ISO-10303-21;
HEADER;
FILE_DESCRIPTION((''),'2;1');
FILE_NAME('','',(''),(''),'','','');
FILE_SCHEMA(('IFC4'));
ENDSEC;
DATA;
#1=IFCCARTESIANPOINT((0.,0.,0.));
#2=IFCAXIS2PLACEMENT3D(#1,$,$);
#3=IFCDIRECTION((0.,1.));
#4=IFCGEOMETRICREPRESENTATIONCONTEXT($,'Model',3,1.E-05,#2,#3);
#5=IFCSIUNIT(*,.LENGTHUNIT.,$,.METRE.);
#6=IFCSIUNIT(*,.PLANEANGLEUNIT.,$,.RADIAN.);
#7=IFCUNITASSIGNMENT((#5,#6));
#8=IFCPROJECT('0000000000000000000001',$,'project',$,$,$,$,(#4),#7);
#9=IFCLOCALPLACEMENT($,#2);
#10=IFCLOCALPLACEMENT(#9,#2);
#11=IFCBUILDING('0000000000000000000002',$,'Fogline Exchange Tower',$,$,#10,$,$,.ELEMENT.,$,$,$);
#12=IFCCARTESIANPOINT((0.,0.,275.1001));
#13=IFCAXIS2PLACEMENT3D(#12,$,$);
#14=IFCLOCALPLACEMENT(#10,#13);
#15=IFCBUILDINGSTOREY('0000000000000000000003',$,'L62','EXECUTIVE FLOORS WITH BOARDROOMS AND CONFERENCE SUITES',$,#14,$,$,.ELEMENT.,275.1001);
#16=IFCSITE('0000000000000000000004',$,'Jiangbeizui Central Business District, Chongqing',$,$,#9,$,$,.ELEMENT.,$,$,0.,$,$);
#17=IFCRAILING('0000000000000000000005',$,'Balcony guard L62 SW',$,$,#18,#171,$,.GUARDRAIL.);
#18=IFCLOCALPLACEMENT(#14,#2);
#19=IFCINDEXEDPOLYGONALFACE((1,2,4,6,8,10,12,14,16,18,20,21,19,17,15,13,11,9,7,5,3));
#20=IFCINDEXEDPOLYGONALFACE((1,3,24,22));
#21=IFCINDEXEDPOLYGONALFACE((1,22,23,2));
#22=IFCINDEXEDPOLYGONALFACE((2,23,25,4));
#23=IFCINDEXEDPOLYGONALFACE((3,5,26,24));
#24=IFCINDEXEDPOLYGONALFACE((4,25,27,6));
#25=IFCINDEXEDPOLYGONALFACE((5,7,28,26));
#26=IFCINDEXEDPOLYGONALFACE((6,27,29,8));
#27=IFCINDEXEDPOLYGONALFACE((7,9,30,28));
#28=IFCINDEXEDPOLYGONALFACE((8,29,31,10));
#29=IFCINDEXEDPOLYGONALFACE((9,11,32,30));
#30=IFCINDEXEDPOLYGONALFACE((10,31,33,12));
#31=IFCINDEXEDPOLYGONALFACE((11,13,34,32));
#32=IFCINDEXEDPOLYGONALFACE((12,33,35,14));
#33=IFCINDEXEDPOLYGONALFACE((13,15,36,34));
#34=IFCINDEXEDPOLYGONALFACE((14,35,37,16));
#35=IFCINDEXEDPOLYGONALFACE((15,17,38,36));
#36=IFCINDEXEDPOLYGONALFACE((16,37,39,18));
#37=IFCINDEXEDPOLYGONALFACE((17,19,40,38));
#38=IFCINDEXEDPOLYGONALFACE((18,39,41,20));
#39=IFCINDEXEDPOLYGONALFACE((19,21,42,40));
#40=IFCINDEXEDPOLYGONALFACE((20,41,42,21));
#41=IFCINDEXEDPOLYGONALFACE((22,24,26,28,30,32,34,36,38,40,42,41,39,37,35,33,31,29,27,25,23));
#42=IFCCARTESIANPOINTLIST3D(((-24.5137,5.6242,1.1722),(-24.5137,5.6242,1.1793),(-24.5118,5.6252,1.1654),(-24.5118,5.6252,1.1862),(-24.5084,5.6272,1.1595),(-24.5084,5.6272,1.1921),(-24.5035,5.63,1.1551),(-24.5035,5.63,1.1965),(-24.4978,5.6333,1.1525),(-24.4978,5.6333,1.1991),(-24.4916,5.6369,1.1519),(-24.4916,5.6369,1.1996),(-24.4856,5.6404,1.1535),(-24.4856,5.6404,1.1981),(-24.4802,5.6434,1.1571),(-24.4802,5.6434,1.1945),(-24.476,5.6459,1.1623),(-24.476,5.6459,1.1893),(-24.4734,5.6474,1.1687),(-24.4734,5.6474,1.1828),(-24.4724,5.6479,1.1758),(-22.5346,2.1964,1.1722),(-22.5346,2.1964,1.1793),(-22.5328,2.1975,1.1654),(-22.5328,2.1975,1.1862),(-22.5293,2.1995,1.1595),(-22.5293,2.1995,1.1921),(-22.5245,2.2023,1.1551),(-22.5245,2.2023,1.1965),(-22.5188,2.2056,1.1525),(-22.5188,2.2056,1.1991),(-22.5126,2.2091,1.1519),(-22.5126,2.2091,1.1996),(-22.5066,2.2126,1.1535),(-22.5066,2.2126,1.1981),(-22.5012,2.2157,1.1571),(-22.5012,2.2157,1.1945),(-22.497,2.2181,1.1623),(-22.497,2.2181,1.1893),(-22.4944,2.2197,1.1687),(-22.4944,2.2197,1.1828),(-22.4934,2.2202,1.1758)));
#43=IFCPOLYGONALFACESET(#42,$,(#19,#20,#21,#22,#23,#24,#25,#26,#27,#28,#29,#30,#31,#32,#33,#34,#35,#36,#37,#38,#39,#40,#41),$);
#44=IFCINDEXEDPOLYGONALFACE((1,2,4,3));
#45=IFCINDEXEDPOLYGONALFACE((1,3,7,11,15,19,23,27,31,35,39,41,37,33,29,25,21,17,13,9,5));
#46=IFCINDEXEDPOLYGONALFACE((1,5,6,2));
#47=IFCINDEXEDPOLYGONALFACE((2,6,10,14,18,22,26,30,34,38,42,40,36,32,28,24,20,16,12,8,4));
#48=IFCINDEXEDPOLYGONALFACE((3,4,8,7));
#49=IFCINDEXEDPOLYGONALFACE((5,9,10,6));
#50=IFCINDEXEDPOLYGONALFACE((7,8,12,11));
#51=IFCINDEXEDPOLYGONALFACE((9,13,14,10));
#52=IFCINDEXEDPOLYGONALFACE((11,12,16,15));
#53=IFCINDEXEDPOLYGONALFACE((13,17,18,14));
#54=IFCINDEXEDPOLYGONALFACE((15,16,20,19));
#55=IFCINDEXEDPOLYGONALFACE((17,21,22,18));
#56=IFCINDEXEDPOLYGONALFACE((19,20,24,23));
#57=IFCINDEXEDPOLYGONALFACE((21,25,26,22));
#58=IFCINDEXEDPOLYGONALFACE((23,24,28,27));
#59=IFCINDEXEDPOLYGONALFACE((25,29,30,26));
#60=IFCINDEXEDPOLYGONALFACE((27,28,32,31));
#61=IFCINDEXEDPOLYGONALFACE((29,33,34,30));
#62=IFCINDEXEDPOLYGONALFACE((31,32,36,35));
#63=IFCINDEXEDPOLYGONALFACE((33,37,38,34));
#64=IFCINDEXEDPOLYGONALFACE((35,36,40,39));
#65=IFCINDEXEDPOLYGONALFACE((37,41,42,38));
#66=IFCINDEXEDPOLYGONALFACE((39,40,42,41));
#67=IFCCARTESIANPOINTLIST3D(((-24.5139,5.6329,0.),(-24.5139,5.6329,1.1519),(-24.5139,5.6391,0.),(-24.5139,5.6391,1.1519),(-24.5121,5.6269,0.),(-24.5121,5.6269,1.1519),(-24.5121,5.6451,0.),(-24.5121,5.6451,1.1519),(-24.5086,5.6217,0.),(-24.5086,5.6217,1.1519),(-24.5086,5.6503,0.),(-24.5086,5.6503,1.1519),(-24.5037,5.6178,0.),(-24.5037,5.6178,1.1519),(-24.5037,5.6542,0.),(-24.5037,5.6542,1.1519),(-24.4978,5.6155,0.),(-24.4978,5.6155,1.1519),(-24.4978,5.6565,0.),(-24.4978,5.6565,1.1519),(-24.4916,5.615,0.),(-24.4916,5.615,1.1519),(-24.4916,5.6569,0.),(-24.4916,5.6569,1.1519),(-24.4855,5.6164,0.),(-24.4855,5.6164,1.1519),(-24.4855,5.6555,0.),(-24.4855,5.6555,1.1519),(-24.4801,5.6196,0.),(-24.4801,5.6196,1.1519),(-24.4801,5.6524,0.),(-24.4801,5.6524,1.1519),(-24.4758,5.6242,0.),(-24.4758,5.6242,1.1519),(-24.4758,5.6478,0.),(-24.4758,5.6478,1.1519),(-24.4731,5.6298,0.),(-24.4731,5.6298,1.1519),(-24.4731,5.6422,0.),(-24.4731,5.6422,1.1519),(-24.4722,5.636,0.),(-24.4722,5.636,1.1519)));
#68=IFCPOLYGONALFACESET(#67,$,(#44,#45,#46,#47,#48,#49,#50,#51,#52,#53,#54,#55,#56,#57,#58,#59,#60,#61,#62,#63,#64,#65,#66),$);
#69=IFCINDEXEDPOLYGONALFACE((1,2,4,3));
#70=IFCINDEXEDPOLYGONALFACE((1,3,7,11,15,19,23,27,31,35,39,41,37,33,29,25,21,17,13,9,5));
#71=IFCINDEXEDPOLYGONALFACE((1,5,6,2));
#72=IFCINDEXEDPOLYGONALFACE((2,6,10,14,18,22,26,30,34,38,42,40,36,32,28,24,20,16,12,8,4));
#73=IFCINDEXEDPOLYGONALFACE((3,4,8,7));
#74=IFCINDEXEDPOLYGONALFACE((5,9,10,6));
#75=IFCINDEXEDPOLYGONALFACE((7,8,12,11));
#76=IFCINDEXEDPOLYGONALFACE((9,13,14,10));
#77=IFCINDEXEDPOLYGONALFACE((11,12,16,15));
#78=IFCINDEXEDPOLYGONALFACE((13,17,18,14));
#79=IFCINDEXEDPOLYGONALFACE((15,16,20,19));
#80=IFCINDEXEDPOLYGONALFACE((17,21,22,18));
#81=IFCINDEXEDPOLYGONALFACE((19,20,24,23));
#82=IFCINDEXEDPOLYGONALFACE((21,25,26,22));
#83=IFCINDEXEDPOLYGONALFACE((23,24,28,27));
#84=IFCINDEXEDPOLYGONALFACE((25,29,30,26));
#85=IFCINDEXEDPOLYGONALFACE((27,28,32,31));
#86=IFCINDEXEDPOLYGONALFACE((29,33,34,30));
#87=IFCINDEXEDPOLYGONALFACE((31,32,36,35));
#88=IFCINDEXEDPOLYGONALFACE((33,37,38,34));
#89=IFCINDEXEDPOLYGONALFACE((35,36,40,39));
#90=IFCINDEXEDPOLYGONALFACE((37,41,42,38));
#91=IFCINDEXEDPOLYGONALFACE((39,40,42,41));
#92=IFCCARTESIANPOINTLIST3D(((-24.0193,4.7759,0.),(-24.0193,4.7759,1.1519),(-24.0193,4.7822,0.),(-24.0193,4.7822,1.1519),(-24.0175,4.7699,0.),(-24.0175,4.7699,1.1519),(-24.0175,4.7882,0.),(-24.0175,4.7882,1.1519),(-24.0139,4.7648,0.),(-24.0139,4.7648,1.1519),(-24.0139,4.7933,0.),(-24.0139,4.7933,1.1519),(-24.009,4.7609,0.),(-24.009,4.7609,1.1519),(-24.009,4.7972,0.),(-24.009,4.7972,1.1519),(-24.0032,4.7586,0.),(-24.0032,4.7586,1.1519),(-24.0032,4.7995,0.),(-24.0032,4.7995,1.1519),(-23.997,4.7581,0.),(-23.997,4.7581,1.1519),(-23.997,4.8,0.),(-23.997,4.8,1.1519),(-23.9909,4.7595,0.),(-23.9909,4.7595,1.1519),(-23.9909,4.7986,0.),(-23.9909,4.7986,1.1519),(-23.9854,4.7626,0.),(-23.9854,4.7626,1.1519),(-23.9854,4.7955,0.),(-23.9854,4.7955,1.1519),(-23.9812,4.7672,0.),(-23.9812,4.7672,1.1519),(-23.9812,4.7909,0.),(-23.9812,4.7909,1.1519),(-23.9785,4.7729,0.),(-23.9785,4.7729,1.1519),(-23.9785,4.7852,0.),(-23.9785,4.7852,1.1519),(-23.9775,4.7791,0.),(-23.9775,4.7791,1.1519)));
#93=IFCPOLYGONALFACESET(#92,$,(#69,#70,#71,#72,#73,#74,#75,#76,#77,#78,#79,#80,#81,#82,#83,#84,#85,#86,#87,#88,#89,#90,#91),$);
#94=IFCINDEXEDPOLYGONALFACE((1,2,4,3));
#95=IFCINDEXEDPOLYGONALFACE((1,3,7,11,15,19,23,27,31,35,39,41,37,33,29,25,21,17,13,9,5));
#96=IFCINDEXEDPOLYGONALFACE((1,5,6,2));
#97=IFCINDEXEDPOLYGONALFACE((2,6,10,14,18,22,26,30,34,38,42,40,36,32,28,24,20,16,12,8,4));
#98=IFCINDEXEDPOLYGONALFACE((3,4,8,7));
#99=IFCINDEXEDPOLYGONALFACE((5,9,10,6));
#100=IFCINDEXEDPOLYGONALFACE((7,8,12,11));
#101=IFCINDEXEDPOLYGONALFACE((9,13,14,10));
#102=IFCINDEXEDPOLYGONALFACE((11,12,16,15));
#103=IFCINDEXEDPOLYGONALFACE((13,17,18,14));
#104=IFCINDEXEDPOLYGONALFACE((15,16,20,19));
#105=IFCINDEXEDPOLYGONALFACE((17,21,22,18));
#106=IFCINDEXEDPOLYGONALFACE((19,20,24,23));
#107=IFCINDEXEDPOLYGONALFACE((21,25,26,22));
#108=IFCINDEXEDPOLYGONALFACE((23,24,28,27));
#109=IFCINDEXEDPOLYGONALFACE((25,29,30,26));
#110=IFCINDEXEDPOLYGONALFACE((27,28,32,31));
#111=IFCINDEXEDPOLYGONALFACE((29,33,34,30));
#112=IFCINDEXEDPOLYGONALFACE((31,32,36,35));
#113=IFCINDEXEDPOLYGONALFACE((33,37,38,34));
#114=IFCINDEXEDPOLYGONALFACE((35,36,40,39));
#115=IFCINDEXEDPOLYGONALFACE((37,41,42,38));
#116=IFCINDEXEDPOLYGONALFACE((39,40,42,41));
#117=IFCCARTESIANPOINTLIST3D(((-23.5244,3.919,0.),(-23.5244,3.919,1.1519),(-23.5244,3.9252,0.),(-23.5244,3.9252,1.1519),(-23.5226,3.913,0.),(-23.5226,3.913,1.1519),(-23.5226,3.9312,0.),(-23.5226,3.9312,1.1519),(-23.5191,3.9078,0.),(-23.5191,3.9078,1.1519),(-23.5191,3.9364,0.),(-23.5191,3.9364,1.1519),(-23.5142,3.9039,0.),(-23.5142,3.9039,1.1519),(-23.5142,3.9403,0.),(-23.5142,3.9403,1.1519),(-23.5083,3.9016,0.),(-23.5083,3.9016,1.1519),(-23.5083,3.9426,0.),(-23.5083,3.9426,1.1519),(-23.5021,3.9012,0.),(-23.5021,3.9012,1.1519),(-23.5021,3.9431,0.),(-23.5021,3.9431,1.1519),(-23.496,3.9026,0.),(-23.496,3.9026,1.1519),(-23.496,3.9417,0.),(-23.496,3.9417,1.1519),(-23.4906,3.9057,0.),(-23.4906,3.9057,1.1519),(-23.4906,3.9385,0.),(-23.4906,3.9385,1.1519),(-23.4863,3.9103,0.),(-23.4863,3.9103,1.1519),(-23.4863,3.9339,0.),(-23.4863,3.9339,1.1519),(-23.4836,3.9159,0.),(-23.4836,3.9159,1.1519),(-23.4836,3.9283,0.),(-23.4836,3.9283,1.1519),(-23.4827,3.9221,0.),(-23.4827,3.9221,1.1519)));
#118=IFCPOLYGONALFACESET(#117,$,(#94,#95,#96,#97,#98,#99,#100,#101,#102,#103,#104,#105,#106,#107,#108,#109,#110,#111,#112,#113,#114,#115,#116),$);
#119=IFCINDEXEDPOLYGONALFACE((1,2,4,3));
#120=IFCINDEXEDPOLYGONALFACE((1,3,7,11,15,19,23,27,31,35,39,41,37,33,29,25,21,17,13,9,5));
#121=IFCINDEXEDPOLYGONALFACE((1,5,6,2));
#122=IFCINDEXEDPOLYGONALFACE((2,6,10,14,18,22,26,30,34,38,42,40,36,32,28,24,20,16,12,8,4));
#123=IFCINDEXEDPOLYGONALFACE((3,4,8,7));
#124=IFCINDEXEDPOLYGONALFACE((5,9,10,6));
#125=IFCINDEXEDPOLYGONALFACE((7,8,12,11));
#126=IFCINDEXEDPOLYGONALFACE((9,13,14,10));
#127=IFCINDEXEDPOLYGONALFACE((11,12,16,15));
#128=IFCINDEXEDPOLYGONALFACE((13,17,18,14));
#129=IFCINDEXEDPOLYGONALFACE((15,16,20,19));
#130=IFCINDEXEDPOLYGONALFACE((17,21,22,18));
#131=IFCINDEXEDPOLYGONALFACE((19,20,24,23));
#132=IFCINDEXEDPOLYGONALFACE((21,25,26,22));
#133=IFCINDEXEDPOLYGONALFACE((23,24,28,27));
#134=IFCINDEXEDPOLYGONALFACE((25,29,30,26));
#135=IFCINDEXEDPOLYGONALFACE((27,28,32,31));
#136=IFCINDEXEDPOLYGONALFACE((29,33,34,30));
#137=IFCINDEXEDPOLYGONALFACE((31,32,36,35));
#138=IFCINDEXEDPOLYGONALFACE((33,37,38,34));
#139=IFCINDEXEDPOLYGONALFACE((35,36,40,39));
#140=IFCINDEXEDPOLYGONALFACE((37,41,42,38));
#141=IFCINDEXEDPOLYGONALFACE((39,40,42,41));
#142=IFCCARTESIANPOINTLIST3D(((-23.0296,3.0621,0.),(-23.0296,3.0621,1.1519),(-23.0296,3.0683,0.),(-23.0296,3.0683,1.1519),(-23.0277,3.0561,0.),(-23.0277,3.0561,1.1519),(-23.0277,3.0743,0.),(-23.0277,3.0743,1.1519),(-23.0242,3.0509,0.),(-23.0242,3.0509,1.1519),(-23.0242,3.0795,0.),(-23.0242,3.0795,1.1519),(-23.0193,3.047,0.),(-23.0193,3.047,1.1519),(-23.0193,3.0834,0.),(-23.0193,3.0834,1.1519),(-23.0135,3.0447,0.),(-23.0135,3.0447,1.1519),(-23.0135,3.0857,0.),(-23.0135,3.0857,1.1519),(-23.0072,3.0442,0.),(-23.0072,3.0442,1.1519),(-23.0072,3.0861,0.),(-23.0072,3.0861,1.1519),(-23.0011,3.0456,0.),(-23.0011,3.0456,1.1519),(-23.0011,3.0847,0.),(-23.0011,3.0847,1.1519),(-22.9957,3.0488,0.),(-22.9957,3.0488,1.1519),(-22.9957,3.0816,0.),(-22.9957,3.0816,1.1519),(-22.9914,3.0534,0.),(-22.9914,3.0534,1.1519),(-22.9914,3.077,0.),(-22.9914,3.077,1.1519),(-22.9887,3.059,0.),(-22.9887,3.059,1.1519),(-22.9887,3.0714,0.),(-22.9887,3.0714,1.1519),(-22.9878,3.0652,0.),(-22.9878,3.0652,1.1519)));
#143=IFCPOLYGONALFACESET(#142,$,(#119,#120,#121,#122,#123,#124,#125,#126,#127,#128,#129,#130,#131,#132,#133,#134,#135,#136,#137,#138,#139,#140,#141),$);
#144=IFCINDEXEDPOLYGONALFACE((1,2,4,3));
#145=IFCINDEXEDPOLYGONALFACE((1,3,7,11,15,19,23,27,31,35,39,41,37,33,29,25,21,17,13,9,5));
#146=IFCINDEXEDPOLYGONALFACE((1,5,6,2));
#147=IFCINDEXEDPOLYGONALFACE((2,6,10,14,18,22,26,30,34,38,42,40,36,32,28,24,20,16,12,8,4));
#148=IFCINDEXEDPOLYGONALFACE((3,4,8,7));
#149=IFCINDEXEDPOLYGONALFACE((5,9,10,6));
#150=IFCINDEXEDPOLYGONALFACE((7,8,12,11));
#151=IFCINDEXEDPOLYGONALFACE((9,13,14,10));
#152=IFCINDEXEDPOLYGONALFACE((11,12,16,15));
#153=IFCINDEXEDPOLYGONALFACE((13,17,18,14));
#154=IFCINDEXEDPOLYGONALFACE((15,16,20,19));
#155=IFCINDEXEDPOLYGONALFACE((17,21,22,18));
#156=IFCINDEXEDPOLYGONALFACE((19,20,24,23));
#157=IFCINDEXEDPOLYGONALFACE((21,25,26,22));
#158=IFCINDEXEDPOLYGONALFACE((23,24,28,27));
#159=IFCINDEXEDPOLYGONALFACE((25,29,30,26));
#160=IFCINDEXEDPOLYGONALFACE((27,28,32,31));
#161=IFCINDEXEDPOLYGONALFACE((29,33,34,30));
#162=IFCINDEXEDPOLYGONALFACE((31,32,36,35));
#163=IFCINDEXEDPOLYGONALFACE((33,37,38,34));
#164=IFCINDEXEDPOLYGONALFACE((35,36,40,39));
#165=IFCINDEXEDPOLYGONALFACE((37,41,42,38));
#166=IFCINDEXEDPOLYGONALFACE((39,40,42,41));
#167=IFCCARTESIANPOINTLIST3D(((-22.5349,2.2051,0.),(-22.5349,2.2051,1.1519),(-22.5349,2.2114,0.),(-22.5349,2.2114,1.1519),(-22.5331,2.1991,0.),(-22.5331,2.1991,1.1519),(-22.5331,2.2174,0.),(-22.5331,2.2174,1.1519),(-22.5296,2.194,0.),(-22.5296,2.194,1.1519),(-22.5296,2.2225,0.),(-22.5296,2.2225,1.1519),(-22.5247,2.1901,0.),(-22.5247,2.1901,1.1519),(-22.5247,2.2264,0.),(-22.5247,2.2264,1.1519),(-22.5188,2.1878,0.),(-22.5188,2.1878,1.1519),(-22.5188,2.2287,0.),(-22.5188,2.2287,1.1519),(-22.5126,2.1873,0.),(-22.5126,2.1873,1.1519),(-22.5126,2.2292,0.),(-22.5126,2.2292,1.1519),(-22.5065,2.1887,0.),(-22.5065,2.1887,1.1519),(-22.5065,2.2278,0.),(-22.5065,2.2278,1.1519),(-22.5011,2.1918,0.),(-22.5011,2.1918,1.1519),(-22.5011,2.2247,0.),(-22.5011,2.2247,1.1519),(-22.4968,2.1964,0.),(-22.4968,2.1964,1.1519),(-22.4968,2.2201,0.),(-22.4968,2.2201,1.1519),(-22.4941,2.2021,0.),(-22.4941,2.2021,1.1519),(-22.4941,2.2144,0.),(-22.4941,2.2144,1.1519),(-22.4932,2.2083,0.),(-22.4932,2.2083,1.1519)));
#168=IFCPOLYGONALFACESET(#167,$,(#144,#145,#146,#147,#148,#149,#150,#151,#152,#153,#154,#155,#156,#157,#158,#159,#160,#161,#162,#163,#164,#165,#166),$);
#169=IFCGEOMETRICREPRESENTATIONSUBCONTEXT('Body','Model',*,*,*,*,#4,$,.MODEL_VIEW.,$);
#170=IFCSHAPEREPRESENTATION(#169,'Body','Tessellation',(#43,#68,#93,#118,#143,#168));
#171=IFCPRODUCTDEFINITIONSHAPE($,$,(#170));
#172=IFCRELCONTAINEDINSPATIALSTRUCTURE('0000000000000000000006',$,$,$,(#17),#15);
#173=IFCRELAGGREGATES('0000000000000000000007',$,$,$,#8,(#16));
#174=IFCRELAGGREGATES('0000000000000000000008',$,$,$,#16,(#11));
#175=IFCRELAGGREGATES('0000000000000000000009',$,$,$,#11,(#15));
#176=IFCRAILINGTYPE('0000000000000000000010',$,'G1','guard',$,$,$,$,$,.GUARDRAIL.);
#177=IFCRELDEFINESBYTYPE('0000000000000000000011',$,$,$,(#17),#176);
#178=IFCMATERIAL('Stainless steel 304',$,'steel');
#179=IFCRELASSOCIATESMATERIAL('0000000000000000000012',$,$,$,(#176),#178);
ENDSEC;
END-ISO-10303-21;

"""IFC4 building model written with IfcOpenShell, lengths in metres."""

from ifc_helpers import new_model, si_unit, direction, frame, origin, origin_2d, place, context, subcontext, project, spatial, circle, extrude, material, type_object, element, save


model = new_model("IFC4")

# Units and contexts
model_context = context("Model", 3, precision=1e-05, world=origin(), true_north=direction((0.0, 1.0)))
body_context = subcontext(model_context, "Body", "Model", "MODEL_VIEW")
ifc_project = project(units=[si_unit("LENGTHUNIT", "METRE"), si_unit("PLANEANGLEUNIT", "RADIAN")], contexts=[model_context])

# Site, building, storey
site_placement = place(None, origin())
site = spatial("IfcSite", under=ifc_project, at=site_placement, Name="Jiangbeizui Central Business District, Chongqing", CompositionType="ELEMENT", RefElevation=0.0)
building_placement = place(site_placement, origin())
building = spatial("IfcBuilding", under=site, at=building_placement, Name="Fogline Exchange Tower", CompositionType="ELEMENT")
storey_placement = place(building_placement, frame((0.0, 0.0, 275.1001)))
storey = spatial("IfcBuildingStorey", under=building, at=storey_placement, Name="L62", Description="EXECUTIVE FLOORS WITH BOARDROOMS AND CONFERENCE SUITES", CompositionType="ELEMENT", Elevation=275.1001)

# Railing
ifc_material_1 = material(Name="Stainless steel 304", Category="steel")
railing_type = type_object("IfcRailingType", Name="G1", Description="guard", PredefinedType="GUARDRAIL", material=ifc_material_1)
railing_placement = place(storey_placement, frame((-24.4932, 5.636, 0.0)))
element("IfcRailing", 1, at=railing_placement, inside=storey, type_object=railing_type, Name="Balcony guard L62 SW", PredefinedType="GUARDRAIL", context=body_context, shape_type="SweptSolid", body=[
    extrude(circle(Radius=0.0239, at=origin_2d()), frame((0.0, 0.0, 1.1758), z_axis=(0.5, -0.866025, 0.0), x_axis=(0.866025, 0.5, 0.0)), (0.0, 0.0, 1.0), 3.958),
    extrude(circle(Radius=0.021, at=origin_2d()), origin(), (0.0, 0.0, 1.0), 1.1519),
    extrude(circle(Radius=0.021, at=origin_2d()), frame((0.4946, -0.8569, 0.0)), (0.0, 0.0, 1.0), 1.1519),
    extrude(circle(Radius=0.021, at=origin_2d()), frame((0.9895, -1.7139, 0.0)), (0.0, 0.0, 1.0), 1.1519),
    extrude(circle(Radius=0.021, at=origin_2d()), frame((1.4844, -2.5708, 0.0)), (0.0, 0.0, 1.0), 1.1519),
    extrude(circle(Radius=0.021, at=origin_2d()), frame((1.979, -3.4277, 0.0)), (0.0, 0.0, 1.0), 1.1519),
])

save(model, "model.ifc")
